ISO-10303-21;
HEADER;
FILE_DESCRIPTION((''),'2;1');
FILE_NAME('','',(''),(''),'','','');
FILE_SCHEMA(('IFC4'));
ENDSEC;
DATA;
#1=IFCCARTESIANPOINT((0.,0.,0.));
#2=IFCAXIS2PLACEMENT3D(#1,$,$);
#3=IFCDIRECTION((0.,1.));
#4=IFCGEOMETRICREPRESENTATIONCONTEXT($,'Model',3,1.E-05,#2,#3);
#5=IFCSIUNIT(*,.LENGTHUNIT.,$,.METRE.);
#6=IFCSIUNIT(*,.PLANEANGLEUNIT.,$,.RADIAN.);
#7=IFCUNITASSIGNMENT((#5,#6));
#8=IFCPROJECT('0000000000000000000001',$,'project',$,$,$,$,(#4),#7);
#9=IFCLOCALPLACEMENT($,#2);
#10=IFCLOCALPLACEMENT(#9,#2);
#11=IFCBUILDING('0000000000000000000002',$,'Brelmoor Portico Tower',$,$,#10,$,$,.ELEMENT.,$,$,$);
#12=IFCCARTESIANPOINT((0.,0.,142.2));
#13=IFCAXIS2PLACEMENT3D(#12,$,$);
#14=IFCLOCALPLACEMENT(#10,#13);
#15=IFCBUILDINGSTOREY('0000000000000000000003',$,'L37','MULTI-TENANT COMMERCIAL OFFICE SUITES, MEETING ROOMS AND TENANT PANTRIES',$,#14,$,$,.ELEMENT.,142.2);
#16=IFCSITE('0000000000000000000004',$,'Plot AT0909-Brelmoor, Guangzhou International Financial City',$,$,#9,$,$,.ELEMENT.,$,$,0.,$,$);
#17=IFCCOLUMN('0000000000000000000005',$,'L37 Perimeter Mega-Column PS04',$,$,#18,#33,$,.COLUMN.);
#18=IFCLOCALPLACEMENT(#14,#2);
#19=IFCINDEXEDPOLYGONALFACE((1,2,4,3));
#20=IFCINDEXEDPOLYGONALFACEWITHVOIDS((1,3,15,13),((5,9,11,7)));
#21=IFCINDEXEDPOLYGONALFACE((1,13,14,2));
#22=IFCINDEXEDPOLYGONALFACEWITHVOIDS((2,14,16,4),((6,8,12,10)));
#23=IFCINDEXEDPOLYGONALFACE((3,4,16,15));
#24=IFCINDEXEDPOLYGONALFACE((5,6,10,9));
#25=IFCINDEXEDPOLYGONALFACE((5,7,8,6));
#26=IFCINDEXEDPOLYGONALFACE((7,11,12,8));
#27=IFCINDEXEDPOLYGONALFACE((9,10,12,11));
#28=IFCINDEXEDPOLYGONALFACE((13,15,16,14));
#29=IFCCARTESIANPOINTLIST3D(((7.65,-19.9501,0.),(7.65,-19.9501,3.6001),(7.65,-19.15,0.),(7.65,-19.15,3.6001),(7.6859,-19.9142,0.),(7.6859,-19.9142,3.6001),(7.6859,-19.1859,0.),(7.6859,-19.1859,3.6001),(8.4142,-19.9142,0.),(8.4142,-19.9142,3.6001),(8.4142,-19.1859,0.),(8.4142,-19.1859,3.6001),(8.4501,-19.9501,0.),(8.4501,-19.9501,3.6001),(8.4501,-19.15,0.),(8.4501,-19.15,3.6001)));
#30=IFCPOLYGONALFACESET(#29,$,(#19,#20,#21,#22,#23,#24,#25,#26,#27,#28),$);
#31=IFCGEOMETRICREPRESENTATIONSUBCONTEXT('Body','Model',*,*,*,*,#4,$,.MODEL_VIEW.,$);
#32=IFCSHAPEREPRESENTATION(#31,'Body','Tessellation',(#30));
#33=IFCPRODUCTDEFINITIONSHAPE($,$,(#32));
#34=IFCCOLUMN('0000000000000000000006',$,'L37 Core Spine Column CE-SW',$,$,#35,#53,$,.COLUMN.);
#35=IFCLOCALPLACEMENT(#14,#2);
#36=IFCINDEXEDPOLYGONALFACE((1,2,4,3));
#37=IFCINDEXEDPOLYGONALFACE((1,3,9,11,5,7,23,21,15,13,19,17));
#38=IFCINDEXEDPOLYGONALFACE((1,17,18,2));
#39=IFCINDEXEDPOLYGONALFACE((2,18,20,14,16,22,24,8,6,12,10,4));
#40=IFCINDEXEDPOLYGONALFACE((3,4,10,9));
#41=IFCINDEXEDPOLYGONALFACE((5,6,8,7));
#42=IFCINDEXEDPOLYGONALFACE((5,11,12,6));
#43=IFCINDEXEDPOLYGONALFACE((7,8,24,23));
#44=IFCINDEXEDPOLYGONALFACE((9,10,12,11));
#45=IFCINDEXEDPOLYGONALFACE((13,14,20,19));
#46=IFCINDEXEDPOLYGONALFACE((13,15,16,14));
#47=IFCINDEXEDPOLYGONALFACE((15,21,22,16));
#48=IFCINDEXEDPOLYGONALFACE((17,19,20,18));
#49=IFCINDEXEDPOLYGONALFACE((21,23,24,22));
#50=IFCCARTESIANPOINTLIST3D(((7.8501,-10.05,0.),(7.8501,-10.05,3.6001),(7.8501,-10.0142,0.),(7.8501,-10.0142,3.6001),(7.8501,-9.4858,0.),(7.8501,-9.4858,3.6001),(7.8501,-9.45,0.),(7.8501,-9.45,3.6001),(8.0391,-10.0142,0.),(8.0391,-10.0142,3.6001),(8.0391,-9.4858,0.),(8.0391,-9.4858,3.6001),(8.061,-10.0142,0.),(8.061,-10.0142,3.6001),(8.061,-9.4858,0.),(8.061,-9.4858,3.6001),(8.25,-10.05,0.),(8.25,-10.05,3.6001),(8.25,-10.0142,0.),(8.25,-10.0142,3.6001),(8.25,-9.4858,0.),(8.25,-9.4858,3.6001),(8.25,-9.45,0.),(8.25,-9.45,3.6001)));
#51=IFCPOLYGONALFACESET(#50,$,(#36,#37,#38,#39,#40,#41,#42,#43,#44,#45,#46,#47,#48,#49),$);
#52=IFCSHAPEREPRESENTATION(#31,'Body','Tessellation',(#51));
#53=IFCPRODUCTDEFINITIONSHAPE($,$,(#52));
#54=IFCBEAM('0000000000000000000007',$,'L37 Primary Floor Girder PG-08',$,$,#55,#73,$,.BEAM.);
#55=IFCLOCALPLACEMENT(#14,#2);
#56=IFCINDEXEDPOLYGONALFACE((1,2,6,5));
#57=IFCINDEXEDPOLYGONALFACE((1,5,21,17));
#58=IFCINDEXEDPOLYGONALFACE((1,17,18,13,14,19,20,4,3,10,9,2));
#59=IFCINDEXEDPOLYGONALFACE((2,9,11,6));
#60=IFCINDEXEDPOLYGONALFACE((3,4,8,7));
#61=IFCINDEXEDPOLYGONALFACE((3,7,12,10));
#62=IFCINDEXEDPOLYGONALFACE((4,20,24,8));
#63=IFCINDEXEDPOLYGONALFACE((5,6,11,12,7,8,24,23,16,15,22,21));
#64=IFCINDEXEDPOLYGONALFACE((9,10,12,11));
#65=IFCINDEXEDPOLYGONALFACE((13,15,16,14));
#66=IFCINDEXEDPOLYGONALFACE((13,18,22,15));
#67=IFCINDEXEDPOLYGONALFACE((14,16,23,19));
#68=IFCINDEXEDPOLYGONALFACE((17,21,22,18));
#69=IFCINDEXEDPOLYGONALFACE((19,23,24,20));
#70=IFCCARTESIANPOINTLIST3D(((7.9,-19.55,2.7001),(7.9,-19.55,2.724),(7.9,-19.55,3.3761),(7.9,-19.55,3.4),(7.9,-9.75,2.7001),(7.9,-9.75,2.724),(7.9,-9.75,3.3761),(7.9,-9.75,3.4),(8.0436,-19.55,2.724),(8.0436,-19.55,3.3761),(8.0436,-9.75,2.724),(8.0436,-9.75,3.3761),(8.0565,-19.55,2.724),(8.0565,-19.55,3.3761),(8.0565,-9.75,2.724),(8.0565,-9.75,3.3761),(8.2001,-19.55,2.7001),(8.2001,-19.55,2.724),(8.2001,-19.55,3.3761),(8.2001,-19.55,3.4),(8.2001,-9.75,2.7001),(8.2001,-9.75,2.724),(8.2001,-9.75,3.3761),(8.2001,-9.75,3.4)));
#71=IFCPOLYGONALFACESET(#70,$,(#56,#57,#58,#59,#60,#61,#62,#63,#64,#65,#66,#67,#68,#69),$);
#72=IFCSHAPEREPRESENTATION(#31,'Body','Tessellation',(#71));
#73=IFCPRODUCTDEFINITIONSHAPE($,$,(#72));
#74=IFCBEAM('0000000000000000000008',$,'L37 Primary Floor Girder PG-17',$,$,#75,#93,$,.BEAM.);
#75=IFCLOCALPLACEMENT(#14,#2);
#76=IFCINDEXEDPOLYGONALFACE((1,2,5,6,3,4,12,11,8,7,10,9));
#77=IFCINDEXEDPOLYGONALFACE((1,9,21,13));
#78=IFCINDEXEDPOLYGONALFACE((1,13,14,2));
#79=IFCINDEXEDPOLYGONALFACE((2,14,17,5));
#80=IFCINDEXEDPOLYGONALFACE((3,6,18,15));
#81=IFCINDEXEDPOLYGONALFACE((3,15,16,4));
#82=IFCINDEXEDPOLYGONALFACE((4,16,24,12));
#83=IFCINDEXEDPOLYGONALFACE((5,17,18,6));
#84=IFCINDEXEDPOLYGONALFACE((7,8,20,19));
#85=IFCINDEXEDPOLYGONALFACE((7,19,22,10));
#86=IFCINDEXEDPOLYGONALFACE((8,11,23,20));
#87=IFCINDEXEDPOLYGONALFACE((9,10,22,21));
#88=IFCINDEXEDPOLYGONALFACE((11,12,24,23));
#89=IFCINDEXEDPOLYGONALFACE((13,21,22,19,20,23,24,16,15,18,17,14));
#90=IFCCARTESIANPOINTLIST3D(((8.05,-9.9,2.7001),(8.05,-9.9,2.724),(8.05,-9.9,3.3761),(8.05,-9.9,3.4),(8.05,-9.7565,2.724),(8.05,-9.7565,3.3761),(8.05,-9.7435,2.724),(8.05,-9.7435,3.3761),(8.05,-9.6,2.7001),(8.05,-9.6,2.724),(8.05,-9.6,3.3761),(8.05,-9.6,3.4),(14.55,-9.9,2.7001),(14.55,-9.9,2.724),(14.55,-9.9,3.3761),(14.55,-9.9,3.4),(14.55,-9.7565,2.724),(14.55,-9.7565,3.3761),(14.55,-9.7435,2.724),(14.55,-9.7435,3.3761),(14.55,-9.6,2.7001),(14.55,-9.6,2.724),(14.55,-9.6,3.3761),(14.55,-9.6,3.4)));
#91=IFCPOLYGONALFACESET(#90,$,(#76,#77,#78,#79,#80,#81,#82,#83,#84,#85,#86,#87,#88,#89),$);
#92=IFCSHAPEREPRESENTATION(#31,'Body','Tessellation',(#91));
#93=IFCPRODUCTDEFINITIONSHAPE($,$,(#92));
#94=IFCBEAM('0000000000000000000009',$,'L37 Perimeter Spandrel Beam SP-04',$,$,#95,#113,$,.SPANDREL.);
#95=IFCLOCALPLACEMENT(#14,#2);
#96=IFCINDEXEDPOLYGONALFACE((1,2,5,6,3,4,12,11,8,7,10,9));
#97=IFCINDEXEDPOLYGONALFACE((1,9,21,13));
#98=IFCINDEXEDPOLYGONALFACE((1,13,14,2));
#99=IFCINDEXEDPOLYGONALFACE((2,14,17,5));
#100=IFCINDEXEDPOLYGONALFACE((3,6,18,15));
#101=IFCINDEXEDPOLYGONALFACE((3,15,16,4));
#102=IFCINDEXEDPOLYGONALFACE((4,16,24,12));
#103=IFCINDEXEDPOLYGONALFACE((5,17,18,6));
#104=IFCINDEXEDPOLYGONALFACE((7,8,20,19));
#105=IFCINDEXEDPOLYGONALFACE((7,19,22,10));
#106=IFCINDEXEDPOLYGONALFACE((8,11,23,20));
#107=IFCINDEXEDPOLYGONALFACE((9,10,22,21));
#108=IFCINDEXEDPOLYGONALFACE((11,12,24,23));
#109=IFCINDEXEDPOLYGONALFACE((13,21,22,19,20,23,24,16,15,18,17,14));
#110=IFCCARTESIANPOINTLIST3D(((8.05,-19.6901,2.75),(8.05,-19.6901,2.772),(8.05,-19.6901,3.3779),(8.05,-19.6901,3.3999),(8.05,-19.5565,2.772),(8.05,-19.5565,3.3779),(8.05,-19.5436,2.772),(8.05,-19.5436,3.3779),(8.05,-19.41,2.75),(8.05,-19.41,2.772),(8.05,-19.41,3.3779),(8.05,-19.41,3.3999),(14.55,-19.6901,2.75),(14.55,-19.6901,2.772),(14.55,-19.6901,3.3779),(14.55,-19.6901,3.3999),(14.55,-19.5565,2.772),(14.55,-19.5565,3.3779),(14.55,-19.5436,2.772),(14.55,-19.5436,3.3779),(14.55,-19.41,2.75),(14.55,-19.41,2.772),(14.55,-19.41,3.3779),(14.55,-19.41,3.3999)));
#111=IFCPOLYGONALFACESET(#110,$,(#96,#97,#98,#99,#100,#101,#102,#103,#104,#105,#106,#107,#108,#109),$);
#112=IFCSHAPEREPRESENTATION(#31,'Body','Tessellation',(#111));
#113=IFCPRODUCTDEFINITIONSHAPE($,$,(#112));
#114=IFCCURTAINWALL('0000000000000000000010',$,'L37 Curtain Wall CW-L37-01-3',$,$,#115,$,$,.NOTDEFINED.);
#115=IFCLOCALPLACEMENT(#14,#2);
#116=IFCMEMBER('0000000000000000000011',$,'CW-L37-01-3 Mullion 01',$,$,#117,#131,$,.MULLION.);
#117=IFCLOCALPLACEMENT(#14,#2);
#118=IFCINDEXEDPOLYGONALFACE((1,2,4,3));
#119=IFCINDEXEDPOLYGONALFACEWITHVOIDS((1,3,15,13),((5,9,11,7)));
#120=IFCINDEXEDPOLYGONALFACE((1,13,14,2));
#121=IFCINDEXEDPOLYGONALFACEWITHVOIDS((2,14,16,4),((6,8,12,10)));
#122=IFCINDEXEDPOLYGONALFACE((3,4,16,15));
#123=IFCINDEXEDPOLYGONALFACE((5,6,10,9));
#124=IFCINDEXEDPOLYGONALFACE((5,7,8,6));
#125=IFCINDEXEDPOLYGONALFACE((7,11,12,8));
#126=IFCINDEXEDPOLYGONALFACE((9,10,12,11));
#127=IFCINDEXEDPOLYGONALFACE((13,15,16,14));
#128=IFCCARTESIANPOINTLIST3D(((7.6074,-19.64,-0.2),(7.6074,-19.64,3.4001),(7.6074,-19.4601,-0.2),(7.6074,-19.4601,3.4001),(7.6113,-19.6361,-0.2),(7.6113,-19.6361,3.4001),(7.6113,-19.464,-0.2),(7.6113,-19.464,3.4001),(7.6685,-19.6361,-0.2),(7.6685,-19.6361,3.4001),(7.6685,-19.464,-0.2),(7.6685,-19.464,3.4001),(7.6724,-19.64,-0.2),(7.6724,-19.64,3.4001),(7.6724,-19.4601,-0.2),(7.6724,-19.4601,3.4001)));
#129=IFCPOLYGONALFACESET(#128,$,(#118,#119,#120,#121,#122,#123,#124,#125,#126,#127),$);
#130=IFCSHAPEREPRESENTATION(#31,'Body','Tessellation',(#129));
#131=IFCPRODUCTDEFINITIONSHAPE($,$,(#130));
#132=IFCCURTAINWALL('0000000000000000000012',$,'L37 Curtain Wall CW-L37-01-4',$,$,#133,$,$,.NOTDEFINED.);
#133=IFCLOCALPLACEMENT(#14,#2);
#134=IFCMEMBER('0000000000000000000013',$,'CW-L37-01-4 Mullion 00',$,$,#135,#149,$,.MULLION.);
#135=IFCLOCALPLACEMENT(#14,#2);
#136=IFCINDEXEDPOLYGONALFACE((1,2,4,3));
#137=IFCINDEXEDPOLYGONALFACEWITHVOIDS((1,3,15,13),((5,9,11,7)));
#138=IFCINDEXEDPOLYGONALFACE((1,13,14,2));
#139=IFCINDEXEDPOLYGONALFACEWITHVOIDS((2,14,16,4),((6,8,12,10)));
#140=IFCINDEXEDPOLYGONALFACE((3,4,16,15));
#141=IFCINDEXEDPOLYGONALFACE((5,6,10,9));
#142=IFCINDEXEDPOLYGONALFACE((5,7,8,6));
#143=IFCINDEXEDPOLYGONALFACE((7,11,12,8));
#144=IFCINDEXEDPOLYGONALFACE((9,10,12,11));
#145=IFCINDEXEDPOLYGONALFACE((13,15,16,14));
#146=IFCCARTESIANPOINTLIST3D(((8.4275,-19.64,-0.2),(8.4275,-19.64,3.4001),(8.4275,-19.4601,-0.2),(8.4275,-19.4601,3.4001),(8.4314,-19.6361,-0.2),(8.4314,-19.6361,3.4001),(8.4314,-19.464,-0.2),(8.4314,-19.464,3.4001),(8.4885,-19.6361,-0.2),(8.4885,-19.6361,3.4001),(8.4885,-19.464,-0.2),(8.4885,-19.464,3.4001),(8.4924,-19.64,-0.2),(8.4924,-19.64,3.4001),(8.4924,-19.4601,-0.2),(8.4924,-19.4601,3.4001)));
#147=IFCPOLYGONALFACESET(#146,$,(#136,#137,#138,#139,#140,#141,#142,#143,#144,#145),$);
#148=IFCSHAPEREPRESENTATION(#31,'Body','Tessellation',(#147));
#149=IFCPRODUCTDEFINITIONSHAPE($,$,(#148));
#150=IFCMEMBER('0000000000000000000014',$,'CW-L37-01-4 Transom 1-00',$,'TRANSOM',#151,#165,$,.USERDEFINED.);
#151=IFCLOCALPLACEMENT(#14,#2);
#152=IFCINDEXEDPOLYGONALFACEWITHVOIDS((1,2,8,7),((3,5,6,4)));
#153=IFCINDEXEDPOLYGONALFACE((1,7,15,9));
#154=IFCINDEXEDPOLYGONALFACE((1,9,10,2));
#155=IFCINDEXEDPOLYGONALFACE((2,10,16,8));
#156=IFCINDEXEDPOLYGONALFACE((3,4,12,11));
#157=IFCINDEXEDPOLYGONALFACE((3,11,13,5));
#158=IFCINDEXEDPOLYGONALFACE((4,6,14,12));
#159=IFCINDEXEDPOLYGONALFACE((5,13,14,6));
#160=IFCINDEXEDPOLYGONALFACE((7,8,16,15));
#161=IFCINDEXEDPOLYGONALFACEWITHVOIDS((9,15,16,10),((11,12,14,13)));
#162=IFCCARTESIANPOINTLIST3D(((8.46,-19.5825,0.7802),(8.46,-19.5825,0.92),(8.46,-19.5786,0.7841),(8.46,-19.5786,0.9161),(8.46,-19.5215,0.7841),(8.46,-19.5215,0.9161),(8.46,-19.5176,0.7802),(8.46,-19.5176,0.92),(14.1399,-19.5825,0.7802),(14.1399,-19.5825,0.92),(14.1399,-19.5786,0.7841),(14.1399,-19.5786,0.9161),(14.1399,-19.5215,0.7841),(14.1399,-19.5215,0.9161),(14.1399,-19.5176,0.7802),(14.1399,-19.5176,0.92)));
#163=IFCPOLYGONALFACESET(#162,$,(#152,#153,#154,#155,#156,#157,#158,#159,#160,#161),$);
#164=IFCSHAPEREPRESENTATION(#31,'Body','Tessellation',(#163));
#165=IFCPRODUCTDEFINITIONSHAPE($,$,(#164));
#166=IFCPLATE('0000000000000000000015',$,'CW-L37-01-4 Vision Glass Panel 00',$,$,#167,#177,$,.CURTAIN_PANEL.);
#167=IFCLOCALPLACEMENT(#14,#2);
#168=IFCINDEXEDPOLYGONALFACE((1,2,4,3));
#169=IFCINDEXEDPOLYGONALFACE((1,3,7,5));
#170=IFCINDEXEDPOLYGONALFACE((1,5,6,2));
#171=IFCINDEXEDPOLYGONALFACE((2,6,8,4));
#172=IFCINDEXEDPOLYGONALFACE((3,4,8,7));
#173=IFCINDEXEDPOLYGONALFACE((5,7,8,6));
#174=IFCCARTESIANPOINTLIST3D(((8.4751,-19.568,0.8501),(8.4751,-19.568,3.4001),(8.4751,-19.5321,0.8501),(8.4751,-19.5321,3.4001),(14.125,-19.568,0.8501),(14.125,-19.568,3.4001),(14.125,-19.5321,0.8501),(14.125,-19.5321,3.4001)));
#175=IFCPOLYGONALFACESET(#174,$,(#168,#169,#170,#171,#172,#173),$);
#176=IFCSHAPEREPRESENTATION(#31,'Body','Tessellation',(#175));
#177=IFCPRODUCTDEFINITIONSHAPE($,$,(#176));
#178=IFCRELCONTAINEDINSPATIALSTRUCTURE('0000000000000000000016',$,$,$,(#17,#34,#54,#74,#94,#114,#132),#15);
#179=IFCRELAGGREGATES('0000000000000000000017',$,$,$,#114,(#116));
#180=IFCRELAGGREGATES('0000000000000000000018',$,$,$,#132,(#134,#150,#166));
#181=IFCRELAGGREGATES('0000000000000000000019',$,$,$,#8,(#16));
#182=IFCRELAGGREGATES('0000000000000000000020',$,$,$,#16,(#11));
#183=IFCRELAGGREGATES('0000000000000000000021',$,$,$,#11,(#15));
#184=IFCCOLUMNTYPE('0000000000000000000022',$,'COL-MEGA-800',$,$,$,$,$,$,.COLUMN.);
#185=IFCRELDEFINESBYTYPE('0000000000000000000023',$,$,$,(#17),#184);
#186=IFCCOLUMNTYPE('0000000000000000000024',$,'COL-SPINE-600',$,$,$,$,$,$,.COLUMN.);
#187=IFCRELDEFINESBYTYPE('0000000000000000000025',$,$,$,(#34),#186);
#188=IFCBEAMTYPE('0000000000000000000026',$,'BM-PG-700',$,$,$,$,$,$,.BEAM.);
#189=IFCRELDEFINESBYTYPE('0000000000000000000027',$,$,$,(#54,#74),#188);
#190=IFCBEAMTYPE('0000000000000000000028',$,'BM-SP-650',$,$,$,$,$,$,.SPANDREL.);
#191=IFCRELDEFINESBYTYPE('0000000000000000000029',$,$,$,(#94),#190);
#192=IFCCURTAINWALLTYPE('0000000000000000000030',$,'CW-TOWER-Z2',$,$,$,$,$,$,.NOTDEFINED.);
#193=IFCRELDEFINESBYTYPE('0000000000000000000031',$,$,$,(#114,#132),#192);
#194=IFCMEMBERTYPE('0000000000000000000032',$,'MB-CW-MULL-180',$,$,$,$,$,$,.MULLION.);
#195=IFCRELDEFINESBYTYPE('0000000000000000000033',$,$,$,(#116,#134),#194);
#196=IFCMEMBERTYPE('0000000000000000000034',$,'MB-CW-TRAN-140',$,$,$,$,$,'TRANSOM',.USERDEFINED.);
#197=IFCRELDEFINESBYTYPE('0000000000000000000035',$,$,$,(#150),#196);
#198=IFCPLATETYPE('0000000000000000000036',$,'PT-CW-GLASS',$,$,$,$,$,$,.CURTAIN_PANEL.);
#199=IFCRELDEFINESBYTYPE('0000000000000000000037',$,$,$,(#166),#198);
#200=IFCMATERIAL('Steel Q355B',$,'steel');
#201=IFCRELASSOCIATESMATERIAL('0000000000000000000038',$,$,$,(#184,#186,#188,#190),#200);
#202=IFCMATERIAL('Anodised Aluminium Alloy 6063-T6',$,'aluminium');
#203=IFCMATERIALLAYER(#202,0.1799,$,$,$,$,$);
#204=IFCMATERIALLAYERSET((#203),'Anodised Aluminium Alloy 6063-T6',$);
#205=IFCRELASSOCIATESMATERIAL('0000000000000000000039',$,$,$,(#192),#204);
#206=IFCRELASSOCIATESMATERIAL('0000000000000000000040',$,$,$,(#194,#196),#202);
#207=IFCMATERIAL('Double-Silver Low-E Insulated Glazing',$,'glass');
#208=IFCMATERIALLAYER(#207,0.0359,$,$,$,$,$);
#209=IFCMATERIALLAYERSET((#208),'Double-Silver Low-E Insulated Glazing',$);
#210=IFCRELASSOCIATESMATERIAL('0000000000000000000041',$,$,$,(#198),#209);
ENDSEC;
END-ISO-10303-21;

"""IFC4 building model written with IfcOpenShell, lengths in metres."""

from ifc_helpers import new_model, si_unit, direction, frame, origin, origin_2d, place, context, subcontext, project, spatial, rectangle, hollow_rectangle, i_section, extrude, material, layer, layer_set, material_profile, profile_set, type_object, element, aggregate, save


model = new_model("IFC4")

# Units and contexts
model_context = context("Model", 3, precision=1e-05, world=origin(), true_north=direction((0.0, 1.0)))
body_context = subcontext(model_context, "Body", "Model", "MODEL_VIEW")
ifc_project = project(units=[si_unit("LENGTHUNIT", "METRE"), si_unit("PLANEANGLEUNIT", "RADIAN")], contexts=[model_context])

# Site, building, storey
site_placement = place(None, origin())
site = spatial("IfcSite", under=ifc_project, at=site_placement, Name="Plot AT0909-Brelmoor, Guangzhou International Financial City", CompositionType="ELEMENT", RefElevation=0.0)
building_placement = place(site_placement, origin())
building = spatial("IfcBuilding", under=site, at=building_placement, Name="Brelmoor Portico Tower", CompositionType="ELEMENT")
storey_placement = place(building_placement, frame((0.0, 0.0, 142.2)))
storey = spatial("IfcBuildingStorey", under=building, at=storey_placement, Name="L37", Description="MULTI-TENANT COMMERCIAL OFFICE SUITES, MEETING ROOMS AND TENANT PANTRIES", CompositionType="ELEMENT", Elevation=142.2)

# Columns
ifc_material_1 = material(Name="Steel Q355B", Category="steel")
ifc_material_profile_1 = material_profile(ifc_material_1, hollow_rectangle(XDim=0.8, YDim=0.8, WallThickness=0.0359, at=origin_2d()), Name="BOX 800x800x36")
ifc_profile_set_1 = profile_set([ifc_material_profile_1], Name="Steel Q355B")
column_type_1 = type_object("IfcColumnType", Name="COL-MEGA-800", PredefinedType="COLUMN", material=ifc_profile_set_1)
column_1_placement = place(storey_placement, frame((8.05, -19.55, 0.0), z_axis=(0.0, 0.0, 1.0), x_axis=(1.0, 0.0, 0.0)))
element("IfcColumn", 1, at=column_1_placement, inside=storey, type_object=column_type_1, Name="L37 Perimeter Mega-Column PS04", PredefinedType="COLUMN", context=body_context, shape_type="SweptSolid", body=[
    extrude(hollow_rectangle(XDim=0.8, YDim=0.8, WallThickness=0.0359, at=origin_2d()), origin(), (0.0, 0.0, 1.0), 3.6001),
])
ifc_material_profile_2 = material_profile(ifc_material_1, i_section(OverallWidth=0.3999, OverallDepth=0.6001, WebThickness=0.022, FlangeThickness=0.0359, at=origin_2d()), Name="HW 600x400x22x36")
ifc_profile_set_2 = profile_set([ifc_material_profile_2], Name="Steel Q355B")
column_type_2 = type_object("IfcColumnType", Name="COL-SPINE-600", PredefinedType="COLUMN", material=ifc_profile_set_2)
column_2_placement = place(storey_placement, frame((8.05, -9.75, 0.0), z_axis=(0.0, 0.0, 1.0), x_axis=(1.0, 0.0, 0.0)))
element("IfcColumn", 2, at=column_2_placement, inside=storey, type_object=column_type_2, Name="L37 Core Spine Column CE-SW", PredefinedType="COLUMN", context=body_context, shape_type="SweptSolid", body=[
    extrude(i_section(OverallWidth=0.3999, OverallDepth=0.6001, WebThickness=0.022, FlangeThickness=0.0359, at=origin_2d()), origin(), (0.0, 0.0, 1.0), 3.6001),
])

# Beams
ifc_material_profile_3 = material_profile(ifc_material_1, i_section(OverallWidth=0.3, OverallDepth=0.7, WebThickness=0.0129, FlangeThickness=0.0239, at=origin_2d()), Name="HN 700x300x13x24")
ifc_profile_set_3 = profile_set([ifc_material_profile_3], Name="Steel Q355B")
beam_type_1 = type_object("IfcBeamType", Name="BM-PG-700", PredefinedType="BEAM", material=ifc_profile_set_3)
beam_1_placement = place(storey_placement, frame((8.05, -19.55, 3.05), z_axis=(0.0, 1.0, 0.0), x_axis=(-1.0, 0.0, 0.0)))
element("IfcBeam", 3, at=beam_1_placement, inside=storey, type_object=beam_type_1, Name="L37 Primary Floor Girder PG-08", PredefinedType="BEAM", context=body_context, shape_type="SweptSolid", body=[
    extrude(i_section(OverallWidth=0.3, OverallDepth=0.7, WebThickness=0.0129, FlangeThickness=0.0239, at=origin_2d()), origin(), (0.0, 0.0, 1.0), 9.8),
])
beam_2_placement = place(storey_placement, frame((8.05, -9.75, 3.05), z_axis=(1.0, 0.0, 0.0), x_axis=(0.0, 1.0, 0.0)))
element("IfcBeam", 4, at=beam_2_placement, inside=storey, type_object=beam_type_1, Name="L37 Primary Floor Girder PG-17", PredefinedType="BEAM", context=body_context, shape_type="SweptSolid", body=[
    extrude(i_section(OverallWidth=0.3, OverallDepth=0.7, WebThickness=0.0129, FlangeThickness=0.0239, at=origin_2d()), origin(), (0.0, 0.0, 1.0), 6.5),
])
ifc_material_profile_4 = material_profile(ifc_material_1, i_section(OverallWidth=0.28, OverallDepth=0.6499, WebThickness=0.0129, FlangeThickness=0.022, at=origin_2d()), Name="HN 650x280x13x22")
ifc_profile_set_4 = profile_set([ifc_material_profile_4], Name="Steel Q355B")
beam_type_2 = type_object("IfcBeamType", Name="BM-SP-650", PredefinedType="SPANDREL", material=ifc_profile_set_4)
beam_3_placement = place(storey_placement, frame((8.05, -19.55, 3.075), z_axis=(1.0, 0.0, 0.0), x_axis=(0.0, 1.0, 0.0)))
element("IfcBeam", 5, at=beam_3_placement, inside=storey, type_object=beam_type_2, Name="L37 Perimeter Spandrel Beam SP-04", PredefinedType="SPANDREL", context=body_context, shape_type="SweptSolid", body=[
    extrude(i_section(OverallWidth=0.28, OverallDepth=0.6499, WebThickness=0.0129, FlangeThickness=0.022, at=origin_2d()), origin(), (0.0, 0.0, 1.0), 6.5),
])

# Curtain wall, member
ifc_material_2 = material(Name="Anodised Aluminium Alloy 6063-T6", Category="aluminium")
ifc_layer_1 = layer(ifc_material_2, 0.1799)
ifc_layer_set_1 = layer_set([ifc_layer_1], Name="Anodised Aluminium Alloy 6063-T6")
curtain_wall_type = type_object("IfcCurtainWallType", Name="CW-TOWER-Z2", PredefinedType="NOTDEFINED", material=ifc_layer_set_1)
curtain_wall_1_placement = place(storey_placement, origin())
curtain_wall_1 = element("IfcCurtainWall", 6, at=curtain_wall_1_placement, inside=storey, type_object=curtain_wall_type, Name="L37 Curtain Wall CW-L37-01-3", PredefinedType="NOTDEFINED")
ifc_material_profile_5 = material_profile(ifc_material_2, hollow_rectangle(XDim=0.0649, YDim=0.1799, WallThickness=0.0039, at=origin_2d()), Name="ALU MULLION 65x180")
ifc_profile_set_5 = profile_set([ifc_material_profile_5], Name="Anodised Aluminium Alloy 6063-T6")
member_type_1 = type_object("IfcMemberType", Name="MB-CW-MULL-180", PredefinedType="MULLION", material=ifc_profile_set_5)
member_1_placement = place(storey_placement, frame((7.6399, -19.55, -0.2), z_axis=(0.0, 0.0, 1.0), x_axis=(1.0, 0.0, 0.0)))
member_1 = element("IfcMember", 7, at=member_1_placement, type_object=member_type_1, Name="CW-L37-01-3 Mullion 01", PredefinedType="MULLION", context=body_context, shape_type="SweptSolid", body=[
    extrude(hollow_rectangle(XDim=0.0649, YDim=0.1799, WallThickness=0.0039, at=origin_2d()), origin(), (0.0, 0.0, 1.0), 3.6001),
])
aggregate(curtain_wall_1, [member_1])

# Curtain wall, members, plate
curtain_wall_2_placement = place(storey_placement, origin())
curtain_wall_2 = element("IfcCurtainWall", 8, at=curtain_wall_2_placement, inside=storey, type_object=curtain_wall_type, Name="L37 Curtain Wall CW-L37-01-4", PredefinedType="NOTDEFINED")
member_2_placement = place(storey_placement, frame((8.46, -19.55, -0.2), z_axis=(0.0, 0.0, 1.0), x_axis=(1.0, 0.0, 0.0)))
member_2 = element("IfcMember", 9, at=member_2_placement, type_object=member_type_1, Name="CW-L37-01-4 Mullion 00", PredefinedType="MULLION", context=body_context, shape_type="SweptSolid", body=[
    extrude(hollow_rectangle(XDim=0.0649, YDim=0.1799, WallThickness=0.0039, at=origin_2d()), origin(), (0.0, 0.0, 1.0), 3.6001),
])
ifc_material_profile_6 = material_profile(ifc_material_2, hollow_rectangle(XDim=0.0649, YDim=0.1399, WallThickness=0.0039, at=origin_2d()), Name="ALU TRANSOM 65x140")
ifc_profile_set_6 = profile_set([ifc_material_profile_6], Name="Anodised Aluminium Alloy 6063-T6")
member_type_2 = type_object("IfcMemberType", Name="MB-CW-TRAN-140", ElementType="TRANSOM", PredefinedType="USERDEFINED", material=ifc_profile_set_6)
member_3_placement = place(storey_placement, frame((8.46, -19.55, 0.8501), z_axis=(1.0, 0.0, 0.0), x_axis=(0.0, 1.0, 0.0)))
member_3 = element("IfcMember", 10, at=member_3_placement, type_object=member_type_2, Name="CW-L37-01-4 Transom 1-00", ObjectType="TRANSOM", PredefinedType="USERDEFINED", context=body_context, shape_type="SweptSolid", body=[
    extrude(hollow_rectangle(XDim=0.0649, YDim=0.1399, WallThickness=0.0039, at=origin_2d()), origin(), (0.0, 0.0, 1.0), 5.6799),
])
ifc_material_3 = material(Name="Double-Silver Low-E Insulated Glazing", Category="glass")
ifc_layer_2 = layer(ifc_material_3, 0.0359)
ifc_layer_set_2 = layer_set([ifc_layer_2], Name="Double-Silver Low-E Insulated Glazing")
plate_type_1 = type_object("IfcPlateType", Name="PT-CW-GLASS", PredefinedType="CURTAIN_PANEL", material=ifc_layer_set_2)
plate_1_placement = place(storey_placement, frame((11.3, -19.55, 0.8501), z_axis=(0.0, 0.0, 1.0), x_axis=(1.0, 0.0, 0.0)))
plate_1 = element("IfcPlate", 11, at=plate_1_placement, type_object=plate_type_1, Name="CW-L37-01-4 Vision Glass Panel 00", PredefinedType="CURTAIN_PANEL", context=body_context, shape_type="SweptSolid", body=[
    extrude(rectangle(XDim=5.6499, YDim=0.0359, at=origin_2d()), origin(), (0.0, 0.0, 1.0), 2.55),
])
aggregate(curtain_wall_2, [member_2, member_3, plate_1])

save(model, "model.ifc")
